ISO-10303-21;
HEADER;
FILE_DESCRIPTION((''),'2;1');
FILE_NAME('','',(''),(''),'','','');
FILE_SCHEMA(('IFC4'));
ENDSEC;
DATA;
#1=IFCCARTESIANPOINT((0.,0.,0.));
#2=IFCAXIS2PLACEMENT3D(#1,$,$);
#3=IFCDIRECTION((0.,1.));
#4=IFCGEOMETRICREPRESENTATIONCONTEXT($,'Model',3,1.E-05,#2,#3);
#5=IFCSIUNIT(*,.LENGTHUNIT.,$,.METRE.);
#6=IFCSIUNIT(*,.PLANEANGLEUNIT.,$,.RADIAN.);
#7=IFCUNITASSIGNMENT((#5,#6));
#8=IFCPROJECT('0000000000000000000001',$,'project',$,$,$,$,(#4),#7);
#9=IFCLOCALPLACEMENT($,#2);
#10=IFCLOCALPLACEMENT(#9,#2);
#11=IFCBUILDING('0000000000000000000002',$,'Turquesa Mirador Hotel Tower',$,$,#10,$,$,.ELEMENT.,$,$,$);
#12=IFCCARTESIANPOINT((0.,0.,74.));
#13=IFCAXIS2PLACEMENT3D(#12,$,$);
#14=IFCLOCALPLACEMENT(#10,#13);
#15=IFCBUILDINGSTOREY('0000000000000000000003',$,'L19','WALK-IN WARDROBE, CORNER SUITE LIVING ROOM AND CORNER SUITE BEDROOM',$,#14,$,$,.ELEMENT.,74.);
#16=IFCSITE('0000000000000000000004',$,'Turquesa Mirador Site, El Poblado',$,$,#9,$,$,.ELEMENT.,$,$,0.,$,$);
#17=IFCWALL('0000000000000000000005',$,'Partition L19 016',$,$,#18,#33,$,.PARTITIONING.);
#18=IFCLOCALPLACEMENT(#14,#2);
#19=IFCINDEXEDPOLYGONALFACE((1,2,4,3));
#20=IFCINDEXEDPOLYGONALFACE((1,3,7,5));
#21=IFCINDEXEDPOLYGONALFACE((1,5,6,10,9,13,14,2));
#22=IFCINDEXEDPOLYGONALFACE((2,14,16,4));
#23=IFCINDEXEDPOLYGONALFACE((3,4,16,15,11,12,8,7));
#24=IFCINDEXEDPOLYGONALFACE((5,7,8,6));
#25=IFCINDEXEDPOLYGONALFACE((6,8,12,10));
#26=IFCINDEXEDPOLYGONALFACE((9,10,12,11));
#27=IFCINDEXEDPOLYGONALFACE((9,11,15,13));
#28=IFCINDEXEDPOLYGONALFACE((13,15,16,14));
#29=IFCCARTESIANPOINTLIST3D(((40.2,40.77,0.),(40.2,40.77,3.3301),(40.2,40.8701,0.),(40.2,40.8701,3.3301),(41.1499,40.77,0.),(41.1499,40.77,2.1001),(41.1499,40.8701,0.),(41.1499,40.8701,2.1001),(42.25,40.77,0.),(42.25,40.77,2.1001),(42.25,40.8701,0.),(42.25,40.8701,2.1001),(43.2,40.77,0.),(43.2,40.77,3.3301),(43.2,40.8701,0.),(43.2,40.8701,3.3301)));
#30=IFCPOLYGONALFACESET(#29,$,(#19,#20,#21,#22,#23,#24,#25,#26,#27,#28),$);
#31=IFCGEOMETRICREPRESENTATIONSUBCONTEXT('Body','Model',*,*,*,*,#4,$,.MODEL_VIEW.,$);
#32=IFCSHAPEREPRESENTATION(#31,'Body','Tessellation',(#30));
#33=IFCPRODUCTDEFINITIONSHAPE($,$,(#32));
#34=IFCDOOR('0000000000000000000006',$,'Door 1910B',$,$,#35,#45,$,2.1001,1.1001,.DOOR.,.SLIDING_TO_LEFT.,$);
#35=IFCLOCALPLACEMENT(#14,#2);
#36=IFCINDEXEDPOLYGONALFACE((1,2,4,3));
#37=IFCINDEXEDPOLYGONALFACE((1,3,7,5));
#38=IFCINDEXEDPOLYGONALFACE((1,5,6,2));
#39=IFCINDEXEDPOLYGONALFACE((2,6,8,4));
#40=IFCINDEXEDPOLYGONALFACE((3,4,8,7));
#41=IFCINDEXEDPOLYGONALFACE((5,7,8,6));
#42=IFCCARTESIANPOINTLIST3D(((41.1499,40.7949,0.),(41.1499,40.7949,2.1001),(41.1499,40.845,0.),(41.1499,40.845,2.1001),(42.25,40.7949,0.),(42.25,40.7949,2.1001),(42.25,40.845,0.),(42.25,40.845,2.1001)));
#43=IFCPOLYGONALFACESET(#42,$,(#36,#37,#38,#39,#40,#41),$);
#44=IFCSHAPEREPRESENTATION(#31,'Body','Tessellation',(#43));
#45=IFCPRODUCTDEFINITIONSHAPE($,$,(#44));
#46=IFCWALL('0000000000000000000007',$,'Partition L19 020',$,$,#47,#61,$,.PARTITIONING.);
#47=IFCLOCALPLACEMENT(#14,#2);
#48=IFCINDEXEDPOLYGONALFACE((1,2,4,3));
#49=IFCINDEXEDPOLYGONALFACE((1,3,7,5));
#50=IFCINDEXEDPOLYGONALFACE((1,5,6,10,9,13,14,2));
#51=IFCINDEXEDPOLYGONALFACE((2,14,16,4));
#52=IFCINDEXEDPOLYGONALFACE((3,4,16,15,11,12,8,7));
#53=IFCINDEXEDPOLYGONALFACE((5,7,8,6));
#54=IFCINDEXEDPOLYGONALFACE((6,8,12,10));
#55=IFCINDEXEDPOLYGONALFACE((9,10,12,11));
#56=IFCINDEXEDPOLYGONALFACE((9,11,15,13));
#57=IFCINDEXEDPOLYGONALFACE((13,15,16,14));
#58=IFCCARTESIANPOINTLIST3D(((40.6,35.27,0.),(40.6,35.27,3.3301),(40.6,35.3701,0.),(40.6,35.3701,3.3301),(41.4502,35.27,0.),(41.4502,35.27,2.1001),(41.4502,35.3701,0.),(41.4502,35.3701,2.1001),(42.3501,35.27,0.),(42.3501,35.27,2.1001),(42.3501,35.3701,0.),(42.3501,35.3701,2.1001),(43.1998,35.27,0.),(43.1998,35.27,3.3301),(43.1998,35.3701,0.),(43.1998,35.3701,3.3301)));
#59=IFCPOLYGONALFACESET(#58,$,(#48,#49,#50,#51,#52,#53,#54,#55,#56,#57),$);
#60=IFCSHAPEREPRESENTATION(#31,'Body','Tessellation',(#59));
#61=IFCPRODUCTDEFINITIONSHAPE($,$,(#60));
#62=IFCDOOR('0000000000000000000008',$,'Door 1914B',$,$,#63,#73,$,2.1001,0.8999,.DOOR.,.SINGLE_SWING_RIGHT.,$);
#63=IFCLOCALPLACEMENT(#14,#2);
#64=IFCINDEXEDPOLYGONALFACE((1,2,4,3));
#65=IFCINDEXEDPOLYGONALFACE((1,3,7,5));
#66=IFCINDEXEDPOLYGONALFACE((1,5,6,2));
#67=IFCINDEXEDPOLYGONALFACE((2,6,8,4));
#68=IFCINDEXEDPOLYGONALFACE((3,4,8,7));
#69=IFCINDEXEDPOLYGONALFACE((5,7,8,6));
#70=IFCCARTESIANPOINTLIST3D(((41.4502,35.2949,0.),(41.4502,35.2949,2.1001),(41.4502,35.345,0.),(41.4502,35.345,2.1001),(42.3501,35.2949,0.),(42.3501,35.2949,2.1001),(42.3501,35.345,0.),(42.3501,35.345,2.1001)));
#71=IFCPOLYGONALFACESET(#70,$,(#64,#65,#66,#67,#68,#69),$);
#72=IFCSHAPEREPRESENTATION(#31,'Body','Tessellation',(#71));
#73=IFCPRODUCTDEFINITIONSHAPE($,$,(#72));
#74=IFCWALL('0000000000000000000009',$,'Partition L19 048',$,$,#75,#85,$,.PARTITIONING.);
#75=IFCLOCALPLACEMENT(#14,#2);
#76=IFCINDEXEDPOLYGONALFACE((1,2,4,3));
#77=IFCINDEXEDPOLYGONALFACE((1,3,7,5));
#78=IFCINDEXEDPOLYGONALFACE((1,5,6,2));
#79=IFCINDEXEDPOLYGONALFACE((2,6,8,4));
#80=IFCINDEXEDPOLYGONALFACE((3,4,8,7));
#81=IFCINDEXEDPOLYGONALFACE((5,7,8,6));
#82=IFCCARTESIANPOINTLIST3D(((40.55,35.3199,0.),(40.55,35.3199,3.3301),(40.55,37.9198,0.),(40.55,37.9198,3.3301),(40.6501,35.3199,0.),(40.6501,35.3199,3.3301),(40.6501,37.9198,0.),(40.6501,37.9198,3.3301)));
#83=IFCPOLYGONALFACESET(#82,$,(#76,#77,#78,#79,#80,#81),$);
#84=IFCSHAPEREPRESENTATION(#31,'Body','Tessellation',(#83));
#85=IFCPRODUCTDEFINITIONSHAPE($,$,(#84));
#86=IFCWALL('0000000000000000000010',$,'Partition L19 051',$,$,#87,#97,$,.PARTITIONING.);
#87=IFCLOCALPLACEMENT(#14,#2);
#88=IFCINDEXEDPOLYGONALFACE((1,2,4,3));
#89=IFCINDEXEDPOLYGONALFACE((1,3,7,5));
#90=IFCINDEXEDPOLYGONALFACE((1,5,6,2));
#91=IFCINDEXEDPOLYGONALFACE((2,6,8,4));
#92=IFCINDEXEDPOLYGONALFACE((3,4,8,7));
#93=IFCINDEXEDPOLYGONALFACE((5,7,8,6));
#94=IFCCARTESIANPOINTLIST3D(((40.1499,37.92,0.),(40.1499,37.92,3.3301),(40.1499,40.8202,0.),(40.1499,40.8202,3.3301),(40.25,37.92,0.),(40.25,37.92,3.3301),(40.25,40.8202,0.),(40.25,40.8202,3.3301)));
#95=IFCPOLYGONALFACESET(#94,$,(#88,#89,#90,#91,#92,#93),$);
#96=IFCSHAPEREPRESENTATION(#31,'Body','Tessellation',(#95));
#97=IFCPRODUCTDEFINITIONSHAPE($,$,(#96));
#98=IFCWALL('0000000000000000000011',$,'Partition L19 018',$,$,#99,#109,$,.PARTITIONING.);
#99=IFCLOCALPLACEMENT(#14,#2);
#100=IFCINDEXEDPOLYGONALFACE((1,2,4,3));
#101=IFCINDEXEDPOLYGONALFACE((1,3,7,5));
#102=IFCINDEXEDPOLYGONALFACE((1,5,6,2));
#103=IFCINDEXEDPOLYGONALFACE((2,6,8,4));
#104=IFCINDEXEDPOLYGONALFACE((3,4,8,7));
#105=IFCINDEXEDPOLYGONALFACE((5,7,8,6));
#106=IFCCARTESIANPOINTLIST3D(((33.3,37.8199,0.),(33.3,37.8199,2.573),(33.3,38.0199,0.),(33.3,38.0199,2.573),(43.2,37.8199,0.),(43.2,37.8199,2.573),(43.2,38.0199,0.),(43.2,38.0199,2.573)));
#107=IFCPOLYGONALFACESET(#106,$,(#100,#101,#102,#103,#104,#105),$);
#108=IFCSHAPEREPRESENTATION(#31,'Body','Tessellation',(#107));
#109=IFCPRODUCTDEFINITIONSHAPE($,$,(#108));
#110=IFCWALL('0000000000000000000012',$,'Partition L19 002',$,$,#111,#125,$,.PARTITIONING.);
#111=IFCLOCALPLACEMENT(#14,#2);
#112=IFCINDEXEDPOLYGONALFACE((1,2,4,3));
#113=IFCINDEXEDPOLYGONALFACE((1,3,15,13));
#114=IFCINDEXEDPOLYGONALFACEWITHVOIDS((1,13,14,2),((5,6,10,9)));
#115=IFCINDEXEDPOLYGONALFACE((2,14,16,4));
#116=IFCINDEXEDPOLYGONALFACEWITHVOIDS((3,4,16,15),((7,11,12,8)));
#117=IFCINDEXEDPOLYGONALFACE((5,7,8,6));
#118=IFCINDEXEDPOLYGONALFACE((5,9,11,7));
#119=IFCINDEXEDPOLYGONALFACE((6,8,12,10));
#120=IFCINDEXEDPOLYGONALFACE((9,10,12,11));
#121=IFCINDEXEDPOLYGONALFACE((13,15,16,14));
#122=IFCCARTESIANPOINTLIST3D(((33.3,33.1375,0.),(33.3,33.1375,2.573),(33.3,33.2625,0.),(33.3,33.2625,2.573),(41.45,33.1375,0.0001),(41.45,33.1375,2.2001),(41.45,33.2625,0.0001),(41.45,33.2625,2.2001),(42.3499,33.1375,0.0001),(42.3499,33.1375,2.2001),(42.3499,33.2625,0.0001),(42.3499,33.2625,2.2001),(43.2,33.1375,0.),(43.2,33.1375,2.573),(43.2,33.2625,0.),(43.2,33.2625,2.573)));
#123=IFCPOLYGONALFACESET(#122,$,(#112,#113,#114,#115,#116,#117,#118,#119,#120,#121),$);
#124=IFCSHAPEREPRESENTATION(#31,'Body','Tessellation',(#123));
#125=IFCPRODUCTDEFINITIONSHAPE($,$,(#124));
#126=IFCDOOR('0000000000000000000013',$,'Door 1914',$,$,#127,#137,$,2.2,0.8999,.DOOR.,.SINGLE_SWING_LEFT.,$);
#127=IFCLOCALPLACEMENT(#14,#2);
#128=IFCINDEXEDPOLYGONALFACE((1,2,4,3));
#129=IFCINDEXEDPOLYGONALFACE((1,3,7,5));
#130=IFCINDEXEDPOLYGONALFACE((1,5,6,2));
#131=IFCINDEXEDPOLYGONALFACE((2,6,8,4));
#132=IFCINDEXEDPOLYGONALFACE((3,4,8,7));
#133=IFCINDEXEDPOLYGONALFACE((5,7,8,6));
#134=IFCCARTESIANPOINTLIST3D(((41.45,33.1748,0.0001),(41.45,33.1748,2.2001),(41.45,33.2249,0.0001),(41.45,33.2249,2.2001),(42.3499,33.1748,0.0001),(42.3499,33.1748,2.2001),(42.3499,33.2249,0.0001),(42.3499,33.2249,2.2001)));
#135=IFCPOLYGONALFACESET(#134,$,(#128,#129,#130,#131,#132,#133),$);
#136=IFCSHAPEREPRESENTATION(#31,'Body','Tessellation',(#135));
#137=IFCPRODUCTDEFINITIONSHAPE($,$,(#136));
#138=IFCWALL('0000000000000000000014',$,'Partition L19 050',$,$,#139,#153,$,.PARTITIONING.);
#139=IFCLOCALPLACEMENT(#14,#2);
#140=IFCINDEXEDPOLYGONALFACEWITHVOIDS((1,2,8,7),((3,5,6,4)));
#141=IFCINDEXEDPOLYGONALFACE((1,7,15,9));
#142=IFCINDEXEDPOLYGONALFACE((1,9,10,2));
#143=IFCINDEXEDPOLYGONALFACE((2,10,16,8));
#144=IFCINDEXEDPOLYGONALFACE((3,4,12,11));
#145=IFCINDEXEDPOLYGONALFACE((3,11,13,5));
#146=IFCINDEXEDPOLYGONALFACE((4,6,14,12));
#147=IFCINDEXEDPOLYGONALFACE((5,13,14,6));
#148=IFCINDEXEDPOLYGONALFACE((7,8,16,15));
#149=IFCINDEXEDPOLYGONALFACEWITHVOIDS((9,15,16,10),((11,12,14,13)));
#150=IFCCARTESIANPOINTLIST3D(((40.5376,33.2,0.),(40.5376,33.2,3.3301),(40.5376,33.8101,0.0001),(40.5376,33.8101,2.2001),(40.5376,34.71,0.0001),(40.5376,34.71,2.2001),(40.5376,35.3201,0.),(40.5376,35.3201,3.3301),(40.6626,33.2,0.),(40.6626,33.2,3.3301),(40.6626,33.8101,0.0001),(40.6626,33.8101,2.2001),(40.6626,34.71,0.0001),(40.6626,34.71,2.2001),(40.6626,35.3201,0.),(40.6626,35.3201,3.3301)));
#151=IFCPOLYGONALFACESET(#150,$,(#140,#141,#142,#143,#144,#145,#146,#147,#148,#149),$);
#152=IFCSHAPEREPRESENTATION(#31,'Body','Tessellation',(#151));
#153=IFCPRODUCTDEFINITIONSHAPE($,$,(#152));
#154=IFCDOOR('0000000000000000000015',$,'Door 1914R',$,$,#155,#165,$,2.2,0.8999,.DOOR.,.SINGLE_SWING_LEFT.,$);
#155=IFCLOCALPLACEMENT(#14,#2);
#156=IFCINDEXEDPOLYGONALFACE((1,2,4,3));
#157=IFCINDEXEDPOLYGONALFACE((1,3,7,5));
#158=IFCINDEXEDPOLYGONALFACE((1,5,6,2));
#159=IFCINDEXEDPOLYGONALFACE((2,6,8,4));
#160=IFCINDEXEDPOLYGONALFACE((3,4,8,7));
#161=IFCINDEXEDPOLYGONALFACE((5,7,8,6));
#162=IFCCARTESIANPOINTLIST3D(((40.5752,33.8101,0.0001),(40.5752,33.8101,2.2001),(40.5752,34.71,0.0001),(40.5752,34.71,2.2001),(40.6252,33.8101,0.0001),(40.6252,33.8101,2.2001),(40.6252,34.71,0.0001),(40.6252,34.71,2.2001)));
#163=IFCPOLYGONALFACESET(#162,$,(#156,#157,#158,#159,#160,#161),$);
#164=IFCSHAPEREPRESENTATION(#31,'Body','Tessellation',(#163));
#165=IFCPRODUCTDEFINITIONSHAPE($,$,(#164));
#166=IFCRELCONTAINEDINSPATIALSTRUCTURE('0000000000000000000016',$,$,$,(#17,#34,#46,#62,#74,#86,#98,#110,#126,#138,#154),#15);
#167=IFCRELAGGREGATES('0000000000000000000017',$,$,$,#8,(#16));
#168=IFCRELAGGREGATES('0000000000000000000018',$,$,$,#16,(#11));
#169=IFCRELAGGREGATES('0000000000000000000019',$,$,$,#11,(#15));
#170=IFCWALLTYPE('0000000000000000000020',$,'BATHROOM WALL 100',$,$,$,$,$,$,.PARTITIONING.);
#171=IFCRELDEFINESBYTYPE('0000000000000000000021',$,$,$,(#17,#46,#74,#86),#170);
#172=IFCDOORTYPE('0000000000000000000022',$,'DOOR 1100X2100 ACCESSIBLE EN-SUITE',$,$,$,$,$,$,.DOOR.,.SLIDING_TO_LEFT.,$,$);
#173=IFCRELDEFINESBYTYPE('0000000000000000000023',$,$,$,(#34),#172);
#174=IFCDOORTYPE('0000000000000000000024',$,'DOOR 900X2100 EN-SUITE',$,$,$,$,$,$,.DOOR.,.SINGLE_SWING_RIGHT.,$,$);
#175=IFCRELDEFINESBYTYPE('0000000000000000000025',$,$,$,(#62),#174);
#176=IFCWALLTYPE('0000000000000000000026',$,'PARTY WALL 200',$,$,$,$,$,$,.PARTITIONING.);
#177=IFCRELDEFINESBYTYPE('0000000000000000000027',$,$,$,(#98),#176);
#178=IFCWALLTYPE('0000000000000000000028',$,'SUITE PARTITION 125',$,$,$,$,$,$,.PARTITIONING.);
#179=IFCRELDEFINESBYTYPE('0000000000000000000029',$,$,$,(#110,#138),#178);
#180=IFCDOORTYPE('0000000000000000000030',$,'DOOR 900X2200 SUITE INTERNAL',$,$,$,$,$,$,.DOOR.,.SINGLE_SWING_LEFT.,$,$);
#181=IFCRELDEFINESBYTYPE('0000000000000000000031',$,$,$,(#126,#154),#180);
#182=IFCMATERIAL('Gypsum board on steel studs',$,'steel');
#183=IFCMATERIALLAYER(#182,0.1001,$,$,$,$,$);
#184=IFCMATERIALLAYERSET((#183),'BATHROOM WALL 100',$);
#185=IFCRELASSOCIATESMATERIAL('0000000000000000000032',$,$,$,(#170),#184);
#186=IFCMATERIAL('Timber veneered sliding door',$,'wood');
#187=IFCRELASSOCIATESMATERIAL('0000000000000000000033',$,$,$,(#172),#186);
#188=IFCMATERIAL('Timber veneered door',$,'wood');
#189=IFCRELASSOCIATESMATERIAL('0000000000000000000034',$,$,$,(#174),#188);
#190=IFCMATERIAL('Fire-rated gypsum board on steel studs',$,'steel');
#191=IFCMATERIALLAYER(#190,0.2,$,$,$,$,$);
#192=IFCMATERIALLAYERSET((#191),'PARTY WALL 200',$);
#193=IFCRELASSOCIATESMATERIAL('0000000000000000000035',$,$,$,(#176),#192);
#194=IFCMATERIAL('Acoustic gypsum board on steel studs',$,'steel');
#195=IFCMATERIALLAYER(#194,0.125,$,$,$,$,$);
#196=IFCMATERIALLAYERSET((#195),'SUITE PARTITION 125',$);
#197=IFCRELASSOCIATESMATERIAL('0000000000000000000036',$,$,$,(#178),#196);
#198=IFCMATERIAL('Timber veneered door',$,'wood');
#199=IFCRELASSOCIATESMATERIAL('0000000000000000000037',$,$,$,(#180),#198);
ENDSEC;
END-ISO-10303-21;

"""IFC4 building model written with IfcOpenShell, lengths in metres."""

from ifc_helpers import new_model, si_unit, direction, frame, frame_2d, origin, place, context, subcontext, project, spatial, rectangle, extrude, material, layer, layer_set, type_object, element, fill, save


model = new_model("IFC4")

# Units and contexts
model_context = context("Model", 3, precision=1e-05, world=origin(), true_north=direction((0.0, 1.0)))
body_context = subcontext(model_context, "Body", "Model", "MODEL_VIEW")
ifc_project = project(units=[si_unit("LENGTHUNIT", "METRE"), si_unit("PLANEANGLEUNIT", "RADIAN")], contexts=[model_context])

# Site, building, storey
site_placement = place(None, origin())
site = spatial("IfcSite", under=ifc_project, at=site_placement, Name="Turquesa Mirador Site, El Poblado", CompositionType="ELEMENT", RefElevation=0.0)
building_placement = place(site_placement, origin())
building = spatial("IfcBuilding", under=site, at=building_placement, Name="Turquesa Mirador Hotel Tower", CompositionType="ELEMENT")
storey_placement = place(building_placement, frame((0.0, 0.0, 74.0)))
storey = spatial("IfcBuildingStorey", under=building, at=storey_placement, Name="L19", Description="WALK-IN WARDROBE, CORNER SUITE LIVING ROOM AND CORNER SUITE BEDROOM", CompositionType="ELEMENT", Elevation=74.0)

# Walls, openings, doors
ifc_material_1 = material(Name="Gypsum board on steel studs", Category="steel")
ifc_layer_1 = layer(ifc_material_1, 0.1001)
ifc_layer_set_1 = layer_set([ifc_layer_1], Name="BATHROOM WALL 100")
wall_type_1 = type_object("IfcWallType", Name="BATHROOM WALL 100", PredefinedType="PARTITIONING", material=ifc_layer_set_1)
wall_1_placement = place(storey_placement, frame((40.2, 40.8201, 0.0), z_axis=(0.0, 0.0, 1.0), x_axis=(1.0, 0.0, 0.0)))
wall_1 = element("IfcWall", 1, at=wall_1_placement, inside=storey, type_object=wall_type_1, Name="Partition L19 016", PredefinedType="PARTITIONING", context=body_context, shape_type="SweptSolid", body=[
    extrude(rectangle(XDim=3.0, YDim=0.1001, at=frame_2d((1.5, 0.0))), origin(), (0.0, 0.0, 1.0), 3.3301),
])
opening_1_placement = place(wall_1_placement, frame((0.95, 0.0, 0.0)))
opening_1 = element("IfcOpeningElement", 2, at=opening_1_placement, cuts=wall_1, PredefinedType="OPENING", context=body_context, shape_type="SweptSolid", body=[
    extrude(rectangle(XDim=1.1001, YDim=2.1001, at=frame_2d((0.55, 1.05))), frame((0.0, 0.0601, 0.0), z_axis=(0.0, -1.0, 0.0), x_axis=(1.0, 0.0, 0.0)), (0.0, 0.0, 1.0), 0.1201),
])
ifc_material_2 = material(Name="Timber veneered sliding door", Category="wood")
door_type_1 = type_object("IfcDoorType", Name="DOOR 1100X2100 ACCESSIBLE EN-SUITE", OperationType="SLIDING_TO_LEFT", PredefinedType="DOOR", material=ifc_material_2)
door_1_placement = place(opening_1_placement, origin())
door_1 = element("IfcDoor", 3, at=door_1_placement, inside=storey, type_object=door_type_1, Name="Door 1910B", OperationType="SLIDING_TO_LEFT", OverallHeight=2.1001, OverallWidth=1.1001, PredefinedType="DOOR", context=body_context, shape_type="SweptSolid", body=[
    extrude(rectangle(XDim=1.1001, YDim=2.1001, at=frame_2d((0.55, 1.05))), frame((0.0, 0.0249, 0.0), z_axis=(0.0, -1.0, 0.0), x_axis=(1.0, 0.0, 0.0)), (0.0, 0.0, 1.0), 0.05),
])
fill(opening_1, door_1)
wall_2_placement = place(storey_placement, frame((40.6001, 35.3201, 0.0), z_axis=(0.0, 0.0, 1.0), x_axis=(1.0, 0.0, 0.0)))
wall_2 = element("IfcWall", 4, at=wall_2_placement, inside=storey, type_object=wall_type_1, Name="Partition L19 020", PredefinedType="PARTITIONING", context=body_context, shape_type="SweptSolid", body=[
    extrude(rectangle(XDim=2.5999, YDim=0.1001, at=frame_2d((1.2998, 0.0))), origin(), (0.0, 0.0, 1.0), 3.3301),
])
opening_2_placement = place(wall_2_placement, frame((0.8501, 0.0, 0.0)))
opening_2 = element("IfcOpeningElement", 5, at=opening_2_placement, cuts=wall_2, PredefinedType="OPENING", context=body_context, shape_type="SweptSolid", body=[
    extrude(rectangle(XDim=0.8999, YDim=2.1001, at=frame_2d((0.45, 1.05))), frame((0.0, 0.0601, 0.0), z_axis=(0.0, -1.0, 0.0), x_axis=(1.0, 0.0, 0.0)), (0.0, 0.0, 1.0), 0.1201),
])
ifc_material_3 = material(Name="Timber veneered door", Category="wood")
door_type_2 = type_object("IfcDoorType", Name="DOOR 900X2100 EN-SUITE", OperationType="SINGLE_SWING_RIGHT", PredefinedType="DOOR", material=ifc_material_3)
door_2_placement = place(opening_2_placement, origin())
door_2 = element("IfcDoor", 6, at=door_2_placement, inside=storey, type_object=door_type_2, Name="Door 1914B", OperationType="SINGLE_SWING_RIGHT", OverallHeight=2.1001, OverallWidth=0.8999, PredefinedType="DOOR", context=body_context, shape_type="SweptSolid", body=[
    extrude(rectangle(XDim=0.8999, YDim=2.1001, at=frame_2d((0.45, 1.05))), frame((0.0, 0.0249, 0.0), z_axis=(0.0, -1.0, 0.0), x_axis=(1.0, 0.0, 0.0)), (0.0, 0.0, 1.0), 0.05),
])
fill(opening_2, door_2)

# Walls
wall_3_placement = place(storey_placement, frame((40.6001, 35.3201, 0.0), z_axis=(0.0, 0.0, 1.0), x_axis=(0.0, 1.0, 0.0)))
element("IfcWall", 7, at=wall_3_placement, inside=storey, type_object=wall_type_1, Name="Partition L19 048", PredefinedType="PARTITIONING", context=body_context, shape_type="SweptSolid", body=[
    extrude(rectangle(XDim=2.5999, YDim=0.1001, at=frame_2d((1.2998, 0.0))), origin(), (0.0, 0.0, 1.0), 3.3301),
])
wall_4_placement = place(storey_placement, frame((40.2, 37.9199, 0.0), z_axis=(0.0, 0.0, 1.0), x_axis=(0.0, 1.0, 0.0)))
element("IfcWall", 8, at=wall_4_placement, inside=storey, type_object=wall_type_1, Name="Partition L19 051", PredefinedType="PARTITIONING", context=body_context, shape_type="SweptSolid", body=[
    extrude(rectangle(XDim=2.9001, YDim=0.1001, at=frame_2d((1.4502, 0.0))), origin(), (0.0, 0.0, 1.0), 3.3301),
])
ifc_material_4 = material(Name="Fire-rated gypsum board on steel studs", Category="steel")
ifc_layer_2 = layer(ifc_material_4, 0.2)
ifc_layer_set_2 = layer_set([ifc_layer_2], Name="PARTY WALL 200")
wall_type_2 = type_object("IfcWallType", Name="PARTY WALL 200", PredefinedType="PARTITIONING", material=ifc_layer_set_2)
wall_5_placement = place(storey_placement, frame((33.3, 37.9199, 0.0), z_axis=(0.0, 0.0, 1.0), x_axis=(1.0, 0.0, 0.0)))
element("IfcWall", 9, at=wall_5_placement, inside=storey, type_object=wall_type_2, Name="Partition L19 018", PredefinedType="PARTITIONING", context=body_context, shape_type="SweptSolid", body=[
    extrude(rectangle(XDim=9.8999, YDim=0.2, at=frame_2d((4.95, 0.0))), origin(), (0.0, 0.0, 1.0), 2.573),
])

# Walls, openings, doors
ifc_material_5 = material(Name="Acoustic gypsum board on steel studs", Category="steel")
ifc_layer_3 = layer(ifc_material_5, 0.125)
ifc_layer_set_3 = layer_set([ifc_layer_3], Name="SUITE PARTITION 125")
wall_type_3 = type_object("IfcWallType", Name="SUITE PARTITION 125", PredefinedType="PARTITIONING", material=ifc_layer_set_3)
wall_6_placement = place(storey_placement, frame((33.3, 33.2, 0.0), z_axis=(0.0, 0.0, 1.0), x_axis=(1.0, 0.0, 0.0)))
wall_6 = element("IfcWall", 10, at=wall_6_placement, inside=storey, type_object=wall_type_3, Name="Partition L19 002", PredefinedType="PARTITIONING", context=body_context, shape_type="SweptSolid", body=[
    extrude(rectangle(XDim=9.8999, YDim=0.125, at=frame_2d((4.95, 0.0))), origin(), (0.0, 0.0, 1.0), 2.573),
])
opening_3_placement = place(wall_6_placement, frame((8.1499, 0.0, 0.0)))
opening_3 = element("IfcOpeningElement", 11, at=opening_3_placement, cuts=wall_6, PredefinedType="OPENING", context=body_context, shape_type="SweptSolid", body=[
    extrude(rectangle(XDim=0.8999, YDim=2.2, at=frame_2d((0.45, 1.1001))), frame((0.0, 0.0725, 0.0), z_axis=(0.0, -1.0, 0.0), x_axis=(1.0, 0.0, 0.0)), (0.0, 0.0, 1.0), 0.145),
])
ifc_material_6 = material(Name="Timber veneered door", Category="wood")
door_type_3 = type_object("IfcDoorType", Name="DOOR 900X2200 SUITE INTERNAL", OperationType="SINGLE_SWING_LEFT", PredefinedType="DOOR", material=ifc_material_6)
door_3_placement = place(opening_3_placement, origin())
door_3 = element("IfcDoor", 12, at=door_3_placement, inside=storey, type_object=door_type_3, Name="Door 1914", OperationType="SINGLE_SWING_LEFT", OverallHeight=2.2, OverallWidth=0.8999, PredefinedType="DOOR", context=body_context, shape_type="SweptSolid", body=[
    extrude(rectangle(XDim=0.8999, YDim=2.2, at=frame_2d((0.45, 1.1001))), frame((0.0, 0.0249, 0.0), z_axis=(0.0, -1.0, 0.0), x_axis=(1.0, 0.0, 0.0)), (0.0, 0.0, 1.0), 0.05),
])
fill(opening_3, door_3)
wall_7_placement = place(storey_placement, frame((40.6001, 33.2, 0.0), z_axis=(0.0, 0.0, 1.0), x_axis=(0.0, 1.0, 0.0)))
wall_7 = element("IfcWall", 13, at=wall_7_placement, inside=storey, type_object=wall_type_3, Name="Partition L19 050", PredefinedType="PARTITIONING", context=body_context, shape_type="SweptSolid", body=[
    extrude(rectangle(XDim=2.1201, YDim=0.125, at=frame_2d((1.0601, 0.0))), origin(), (0.0, 0.0, 1.0), 3.3301),
])
opening_4_placement = place(wall_7_placement, frame((0.6101, 0.0, 0.0)))
opening_4 = element("IfcOpeningElement", 14, at=opening_4_placement, cuts=wall_7, PredefinedType="OPENING", context=body_context, shape_type="SweptSolid", body=[
    extrude(rectangle(XDim=0.8999, YDim=2.2, at=frame_2d((0.45, 1.1001))), frame((0.0, 0.0725, 0.0), z_axis=(0.0, -1.0, 0.0), x_axis=(1.0, 0.0, 0.0)), (0.0, 0.0, 1.0), 0.145),
])
door_4_placement = place(opening_4_placement, origin())
door_4 = element("IfcDoor", 15, at=door_4_placement, inside=storey, type_object=door_type_3, Name="Door 1914R", OperationType="SINGLE_SWING_LEFT", OverallHeight=2.2, OverallWidth=0.8999, PredefinedType="DOOR", context=body_context, shape_type="SweptSolid", body=[
    extrude(rectangle(XDim=0.8999, YDim=2.2, at=frame_2d((0.45, 1.1001))), frame((0.0, 0.0249, 0.0), z_axis=(0.0, -1.0, 0.0), x_axis=(1.0, 0.0, 0.0)), (0.0, 0.0, 1.0), 0.05),
])
fill(opening_4, door_4)

save(model, "model.ifc")
